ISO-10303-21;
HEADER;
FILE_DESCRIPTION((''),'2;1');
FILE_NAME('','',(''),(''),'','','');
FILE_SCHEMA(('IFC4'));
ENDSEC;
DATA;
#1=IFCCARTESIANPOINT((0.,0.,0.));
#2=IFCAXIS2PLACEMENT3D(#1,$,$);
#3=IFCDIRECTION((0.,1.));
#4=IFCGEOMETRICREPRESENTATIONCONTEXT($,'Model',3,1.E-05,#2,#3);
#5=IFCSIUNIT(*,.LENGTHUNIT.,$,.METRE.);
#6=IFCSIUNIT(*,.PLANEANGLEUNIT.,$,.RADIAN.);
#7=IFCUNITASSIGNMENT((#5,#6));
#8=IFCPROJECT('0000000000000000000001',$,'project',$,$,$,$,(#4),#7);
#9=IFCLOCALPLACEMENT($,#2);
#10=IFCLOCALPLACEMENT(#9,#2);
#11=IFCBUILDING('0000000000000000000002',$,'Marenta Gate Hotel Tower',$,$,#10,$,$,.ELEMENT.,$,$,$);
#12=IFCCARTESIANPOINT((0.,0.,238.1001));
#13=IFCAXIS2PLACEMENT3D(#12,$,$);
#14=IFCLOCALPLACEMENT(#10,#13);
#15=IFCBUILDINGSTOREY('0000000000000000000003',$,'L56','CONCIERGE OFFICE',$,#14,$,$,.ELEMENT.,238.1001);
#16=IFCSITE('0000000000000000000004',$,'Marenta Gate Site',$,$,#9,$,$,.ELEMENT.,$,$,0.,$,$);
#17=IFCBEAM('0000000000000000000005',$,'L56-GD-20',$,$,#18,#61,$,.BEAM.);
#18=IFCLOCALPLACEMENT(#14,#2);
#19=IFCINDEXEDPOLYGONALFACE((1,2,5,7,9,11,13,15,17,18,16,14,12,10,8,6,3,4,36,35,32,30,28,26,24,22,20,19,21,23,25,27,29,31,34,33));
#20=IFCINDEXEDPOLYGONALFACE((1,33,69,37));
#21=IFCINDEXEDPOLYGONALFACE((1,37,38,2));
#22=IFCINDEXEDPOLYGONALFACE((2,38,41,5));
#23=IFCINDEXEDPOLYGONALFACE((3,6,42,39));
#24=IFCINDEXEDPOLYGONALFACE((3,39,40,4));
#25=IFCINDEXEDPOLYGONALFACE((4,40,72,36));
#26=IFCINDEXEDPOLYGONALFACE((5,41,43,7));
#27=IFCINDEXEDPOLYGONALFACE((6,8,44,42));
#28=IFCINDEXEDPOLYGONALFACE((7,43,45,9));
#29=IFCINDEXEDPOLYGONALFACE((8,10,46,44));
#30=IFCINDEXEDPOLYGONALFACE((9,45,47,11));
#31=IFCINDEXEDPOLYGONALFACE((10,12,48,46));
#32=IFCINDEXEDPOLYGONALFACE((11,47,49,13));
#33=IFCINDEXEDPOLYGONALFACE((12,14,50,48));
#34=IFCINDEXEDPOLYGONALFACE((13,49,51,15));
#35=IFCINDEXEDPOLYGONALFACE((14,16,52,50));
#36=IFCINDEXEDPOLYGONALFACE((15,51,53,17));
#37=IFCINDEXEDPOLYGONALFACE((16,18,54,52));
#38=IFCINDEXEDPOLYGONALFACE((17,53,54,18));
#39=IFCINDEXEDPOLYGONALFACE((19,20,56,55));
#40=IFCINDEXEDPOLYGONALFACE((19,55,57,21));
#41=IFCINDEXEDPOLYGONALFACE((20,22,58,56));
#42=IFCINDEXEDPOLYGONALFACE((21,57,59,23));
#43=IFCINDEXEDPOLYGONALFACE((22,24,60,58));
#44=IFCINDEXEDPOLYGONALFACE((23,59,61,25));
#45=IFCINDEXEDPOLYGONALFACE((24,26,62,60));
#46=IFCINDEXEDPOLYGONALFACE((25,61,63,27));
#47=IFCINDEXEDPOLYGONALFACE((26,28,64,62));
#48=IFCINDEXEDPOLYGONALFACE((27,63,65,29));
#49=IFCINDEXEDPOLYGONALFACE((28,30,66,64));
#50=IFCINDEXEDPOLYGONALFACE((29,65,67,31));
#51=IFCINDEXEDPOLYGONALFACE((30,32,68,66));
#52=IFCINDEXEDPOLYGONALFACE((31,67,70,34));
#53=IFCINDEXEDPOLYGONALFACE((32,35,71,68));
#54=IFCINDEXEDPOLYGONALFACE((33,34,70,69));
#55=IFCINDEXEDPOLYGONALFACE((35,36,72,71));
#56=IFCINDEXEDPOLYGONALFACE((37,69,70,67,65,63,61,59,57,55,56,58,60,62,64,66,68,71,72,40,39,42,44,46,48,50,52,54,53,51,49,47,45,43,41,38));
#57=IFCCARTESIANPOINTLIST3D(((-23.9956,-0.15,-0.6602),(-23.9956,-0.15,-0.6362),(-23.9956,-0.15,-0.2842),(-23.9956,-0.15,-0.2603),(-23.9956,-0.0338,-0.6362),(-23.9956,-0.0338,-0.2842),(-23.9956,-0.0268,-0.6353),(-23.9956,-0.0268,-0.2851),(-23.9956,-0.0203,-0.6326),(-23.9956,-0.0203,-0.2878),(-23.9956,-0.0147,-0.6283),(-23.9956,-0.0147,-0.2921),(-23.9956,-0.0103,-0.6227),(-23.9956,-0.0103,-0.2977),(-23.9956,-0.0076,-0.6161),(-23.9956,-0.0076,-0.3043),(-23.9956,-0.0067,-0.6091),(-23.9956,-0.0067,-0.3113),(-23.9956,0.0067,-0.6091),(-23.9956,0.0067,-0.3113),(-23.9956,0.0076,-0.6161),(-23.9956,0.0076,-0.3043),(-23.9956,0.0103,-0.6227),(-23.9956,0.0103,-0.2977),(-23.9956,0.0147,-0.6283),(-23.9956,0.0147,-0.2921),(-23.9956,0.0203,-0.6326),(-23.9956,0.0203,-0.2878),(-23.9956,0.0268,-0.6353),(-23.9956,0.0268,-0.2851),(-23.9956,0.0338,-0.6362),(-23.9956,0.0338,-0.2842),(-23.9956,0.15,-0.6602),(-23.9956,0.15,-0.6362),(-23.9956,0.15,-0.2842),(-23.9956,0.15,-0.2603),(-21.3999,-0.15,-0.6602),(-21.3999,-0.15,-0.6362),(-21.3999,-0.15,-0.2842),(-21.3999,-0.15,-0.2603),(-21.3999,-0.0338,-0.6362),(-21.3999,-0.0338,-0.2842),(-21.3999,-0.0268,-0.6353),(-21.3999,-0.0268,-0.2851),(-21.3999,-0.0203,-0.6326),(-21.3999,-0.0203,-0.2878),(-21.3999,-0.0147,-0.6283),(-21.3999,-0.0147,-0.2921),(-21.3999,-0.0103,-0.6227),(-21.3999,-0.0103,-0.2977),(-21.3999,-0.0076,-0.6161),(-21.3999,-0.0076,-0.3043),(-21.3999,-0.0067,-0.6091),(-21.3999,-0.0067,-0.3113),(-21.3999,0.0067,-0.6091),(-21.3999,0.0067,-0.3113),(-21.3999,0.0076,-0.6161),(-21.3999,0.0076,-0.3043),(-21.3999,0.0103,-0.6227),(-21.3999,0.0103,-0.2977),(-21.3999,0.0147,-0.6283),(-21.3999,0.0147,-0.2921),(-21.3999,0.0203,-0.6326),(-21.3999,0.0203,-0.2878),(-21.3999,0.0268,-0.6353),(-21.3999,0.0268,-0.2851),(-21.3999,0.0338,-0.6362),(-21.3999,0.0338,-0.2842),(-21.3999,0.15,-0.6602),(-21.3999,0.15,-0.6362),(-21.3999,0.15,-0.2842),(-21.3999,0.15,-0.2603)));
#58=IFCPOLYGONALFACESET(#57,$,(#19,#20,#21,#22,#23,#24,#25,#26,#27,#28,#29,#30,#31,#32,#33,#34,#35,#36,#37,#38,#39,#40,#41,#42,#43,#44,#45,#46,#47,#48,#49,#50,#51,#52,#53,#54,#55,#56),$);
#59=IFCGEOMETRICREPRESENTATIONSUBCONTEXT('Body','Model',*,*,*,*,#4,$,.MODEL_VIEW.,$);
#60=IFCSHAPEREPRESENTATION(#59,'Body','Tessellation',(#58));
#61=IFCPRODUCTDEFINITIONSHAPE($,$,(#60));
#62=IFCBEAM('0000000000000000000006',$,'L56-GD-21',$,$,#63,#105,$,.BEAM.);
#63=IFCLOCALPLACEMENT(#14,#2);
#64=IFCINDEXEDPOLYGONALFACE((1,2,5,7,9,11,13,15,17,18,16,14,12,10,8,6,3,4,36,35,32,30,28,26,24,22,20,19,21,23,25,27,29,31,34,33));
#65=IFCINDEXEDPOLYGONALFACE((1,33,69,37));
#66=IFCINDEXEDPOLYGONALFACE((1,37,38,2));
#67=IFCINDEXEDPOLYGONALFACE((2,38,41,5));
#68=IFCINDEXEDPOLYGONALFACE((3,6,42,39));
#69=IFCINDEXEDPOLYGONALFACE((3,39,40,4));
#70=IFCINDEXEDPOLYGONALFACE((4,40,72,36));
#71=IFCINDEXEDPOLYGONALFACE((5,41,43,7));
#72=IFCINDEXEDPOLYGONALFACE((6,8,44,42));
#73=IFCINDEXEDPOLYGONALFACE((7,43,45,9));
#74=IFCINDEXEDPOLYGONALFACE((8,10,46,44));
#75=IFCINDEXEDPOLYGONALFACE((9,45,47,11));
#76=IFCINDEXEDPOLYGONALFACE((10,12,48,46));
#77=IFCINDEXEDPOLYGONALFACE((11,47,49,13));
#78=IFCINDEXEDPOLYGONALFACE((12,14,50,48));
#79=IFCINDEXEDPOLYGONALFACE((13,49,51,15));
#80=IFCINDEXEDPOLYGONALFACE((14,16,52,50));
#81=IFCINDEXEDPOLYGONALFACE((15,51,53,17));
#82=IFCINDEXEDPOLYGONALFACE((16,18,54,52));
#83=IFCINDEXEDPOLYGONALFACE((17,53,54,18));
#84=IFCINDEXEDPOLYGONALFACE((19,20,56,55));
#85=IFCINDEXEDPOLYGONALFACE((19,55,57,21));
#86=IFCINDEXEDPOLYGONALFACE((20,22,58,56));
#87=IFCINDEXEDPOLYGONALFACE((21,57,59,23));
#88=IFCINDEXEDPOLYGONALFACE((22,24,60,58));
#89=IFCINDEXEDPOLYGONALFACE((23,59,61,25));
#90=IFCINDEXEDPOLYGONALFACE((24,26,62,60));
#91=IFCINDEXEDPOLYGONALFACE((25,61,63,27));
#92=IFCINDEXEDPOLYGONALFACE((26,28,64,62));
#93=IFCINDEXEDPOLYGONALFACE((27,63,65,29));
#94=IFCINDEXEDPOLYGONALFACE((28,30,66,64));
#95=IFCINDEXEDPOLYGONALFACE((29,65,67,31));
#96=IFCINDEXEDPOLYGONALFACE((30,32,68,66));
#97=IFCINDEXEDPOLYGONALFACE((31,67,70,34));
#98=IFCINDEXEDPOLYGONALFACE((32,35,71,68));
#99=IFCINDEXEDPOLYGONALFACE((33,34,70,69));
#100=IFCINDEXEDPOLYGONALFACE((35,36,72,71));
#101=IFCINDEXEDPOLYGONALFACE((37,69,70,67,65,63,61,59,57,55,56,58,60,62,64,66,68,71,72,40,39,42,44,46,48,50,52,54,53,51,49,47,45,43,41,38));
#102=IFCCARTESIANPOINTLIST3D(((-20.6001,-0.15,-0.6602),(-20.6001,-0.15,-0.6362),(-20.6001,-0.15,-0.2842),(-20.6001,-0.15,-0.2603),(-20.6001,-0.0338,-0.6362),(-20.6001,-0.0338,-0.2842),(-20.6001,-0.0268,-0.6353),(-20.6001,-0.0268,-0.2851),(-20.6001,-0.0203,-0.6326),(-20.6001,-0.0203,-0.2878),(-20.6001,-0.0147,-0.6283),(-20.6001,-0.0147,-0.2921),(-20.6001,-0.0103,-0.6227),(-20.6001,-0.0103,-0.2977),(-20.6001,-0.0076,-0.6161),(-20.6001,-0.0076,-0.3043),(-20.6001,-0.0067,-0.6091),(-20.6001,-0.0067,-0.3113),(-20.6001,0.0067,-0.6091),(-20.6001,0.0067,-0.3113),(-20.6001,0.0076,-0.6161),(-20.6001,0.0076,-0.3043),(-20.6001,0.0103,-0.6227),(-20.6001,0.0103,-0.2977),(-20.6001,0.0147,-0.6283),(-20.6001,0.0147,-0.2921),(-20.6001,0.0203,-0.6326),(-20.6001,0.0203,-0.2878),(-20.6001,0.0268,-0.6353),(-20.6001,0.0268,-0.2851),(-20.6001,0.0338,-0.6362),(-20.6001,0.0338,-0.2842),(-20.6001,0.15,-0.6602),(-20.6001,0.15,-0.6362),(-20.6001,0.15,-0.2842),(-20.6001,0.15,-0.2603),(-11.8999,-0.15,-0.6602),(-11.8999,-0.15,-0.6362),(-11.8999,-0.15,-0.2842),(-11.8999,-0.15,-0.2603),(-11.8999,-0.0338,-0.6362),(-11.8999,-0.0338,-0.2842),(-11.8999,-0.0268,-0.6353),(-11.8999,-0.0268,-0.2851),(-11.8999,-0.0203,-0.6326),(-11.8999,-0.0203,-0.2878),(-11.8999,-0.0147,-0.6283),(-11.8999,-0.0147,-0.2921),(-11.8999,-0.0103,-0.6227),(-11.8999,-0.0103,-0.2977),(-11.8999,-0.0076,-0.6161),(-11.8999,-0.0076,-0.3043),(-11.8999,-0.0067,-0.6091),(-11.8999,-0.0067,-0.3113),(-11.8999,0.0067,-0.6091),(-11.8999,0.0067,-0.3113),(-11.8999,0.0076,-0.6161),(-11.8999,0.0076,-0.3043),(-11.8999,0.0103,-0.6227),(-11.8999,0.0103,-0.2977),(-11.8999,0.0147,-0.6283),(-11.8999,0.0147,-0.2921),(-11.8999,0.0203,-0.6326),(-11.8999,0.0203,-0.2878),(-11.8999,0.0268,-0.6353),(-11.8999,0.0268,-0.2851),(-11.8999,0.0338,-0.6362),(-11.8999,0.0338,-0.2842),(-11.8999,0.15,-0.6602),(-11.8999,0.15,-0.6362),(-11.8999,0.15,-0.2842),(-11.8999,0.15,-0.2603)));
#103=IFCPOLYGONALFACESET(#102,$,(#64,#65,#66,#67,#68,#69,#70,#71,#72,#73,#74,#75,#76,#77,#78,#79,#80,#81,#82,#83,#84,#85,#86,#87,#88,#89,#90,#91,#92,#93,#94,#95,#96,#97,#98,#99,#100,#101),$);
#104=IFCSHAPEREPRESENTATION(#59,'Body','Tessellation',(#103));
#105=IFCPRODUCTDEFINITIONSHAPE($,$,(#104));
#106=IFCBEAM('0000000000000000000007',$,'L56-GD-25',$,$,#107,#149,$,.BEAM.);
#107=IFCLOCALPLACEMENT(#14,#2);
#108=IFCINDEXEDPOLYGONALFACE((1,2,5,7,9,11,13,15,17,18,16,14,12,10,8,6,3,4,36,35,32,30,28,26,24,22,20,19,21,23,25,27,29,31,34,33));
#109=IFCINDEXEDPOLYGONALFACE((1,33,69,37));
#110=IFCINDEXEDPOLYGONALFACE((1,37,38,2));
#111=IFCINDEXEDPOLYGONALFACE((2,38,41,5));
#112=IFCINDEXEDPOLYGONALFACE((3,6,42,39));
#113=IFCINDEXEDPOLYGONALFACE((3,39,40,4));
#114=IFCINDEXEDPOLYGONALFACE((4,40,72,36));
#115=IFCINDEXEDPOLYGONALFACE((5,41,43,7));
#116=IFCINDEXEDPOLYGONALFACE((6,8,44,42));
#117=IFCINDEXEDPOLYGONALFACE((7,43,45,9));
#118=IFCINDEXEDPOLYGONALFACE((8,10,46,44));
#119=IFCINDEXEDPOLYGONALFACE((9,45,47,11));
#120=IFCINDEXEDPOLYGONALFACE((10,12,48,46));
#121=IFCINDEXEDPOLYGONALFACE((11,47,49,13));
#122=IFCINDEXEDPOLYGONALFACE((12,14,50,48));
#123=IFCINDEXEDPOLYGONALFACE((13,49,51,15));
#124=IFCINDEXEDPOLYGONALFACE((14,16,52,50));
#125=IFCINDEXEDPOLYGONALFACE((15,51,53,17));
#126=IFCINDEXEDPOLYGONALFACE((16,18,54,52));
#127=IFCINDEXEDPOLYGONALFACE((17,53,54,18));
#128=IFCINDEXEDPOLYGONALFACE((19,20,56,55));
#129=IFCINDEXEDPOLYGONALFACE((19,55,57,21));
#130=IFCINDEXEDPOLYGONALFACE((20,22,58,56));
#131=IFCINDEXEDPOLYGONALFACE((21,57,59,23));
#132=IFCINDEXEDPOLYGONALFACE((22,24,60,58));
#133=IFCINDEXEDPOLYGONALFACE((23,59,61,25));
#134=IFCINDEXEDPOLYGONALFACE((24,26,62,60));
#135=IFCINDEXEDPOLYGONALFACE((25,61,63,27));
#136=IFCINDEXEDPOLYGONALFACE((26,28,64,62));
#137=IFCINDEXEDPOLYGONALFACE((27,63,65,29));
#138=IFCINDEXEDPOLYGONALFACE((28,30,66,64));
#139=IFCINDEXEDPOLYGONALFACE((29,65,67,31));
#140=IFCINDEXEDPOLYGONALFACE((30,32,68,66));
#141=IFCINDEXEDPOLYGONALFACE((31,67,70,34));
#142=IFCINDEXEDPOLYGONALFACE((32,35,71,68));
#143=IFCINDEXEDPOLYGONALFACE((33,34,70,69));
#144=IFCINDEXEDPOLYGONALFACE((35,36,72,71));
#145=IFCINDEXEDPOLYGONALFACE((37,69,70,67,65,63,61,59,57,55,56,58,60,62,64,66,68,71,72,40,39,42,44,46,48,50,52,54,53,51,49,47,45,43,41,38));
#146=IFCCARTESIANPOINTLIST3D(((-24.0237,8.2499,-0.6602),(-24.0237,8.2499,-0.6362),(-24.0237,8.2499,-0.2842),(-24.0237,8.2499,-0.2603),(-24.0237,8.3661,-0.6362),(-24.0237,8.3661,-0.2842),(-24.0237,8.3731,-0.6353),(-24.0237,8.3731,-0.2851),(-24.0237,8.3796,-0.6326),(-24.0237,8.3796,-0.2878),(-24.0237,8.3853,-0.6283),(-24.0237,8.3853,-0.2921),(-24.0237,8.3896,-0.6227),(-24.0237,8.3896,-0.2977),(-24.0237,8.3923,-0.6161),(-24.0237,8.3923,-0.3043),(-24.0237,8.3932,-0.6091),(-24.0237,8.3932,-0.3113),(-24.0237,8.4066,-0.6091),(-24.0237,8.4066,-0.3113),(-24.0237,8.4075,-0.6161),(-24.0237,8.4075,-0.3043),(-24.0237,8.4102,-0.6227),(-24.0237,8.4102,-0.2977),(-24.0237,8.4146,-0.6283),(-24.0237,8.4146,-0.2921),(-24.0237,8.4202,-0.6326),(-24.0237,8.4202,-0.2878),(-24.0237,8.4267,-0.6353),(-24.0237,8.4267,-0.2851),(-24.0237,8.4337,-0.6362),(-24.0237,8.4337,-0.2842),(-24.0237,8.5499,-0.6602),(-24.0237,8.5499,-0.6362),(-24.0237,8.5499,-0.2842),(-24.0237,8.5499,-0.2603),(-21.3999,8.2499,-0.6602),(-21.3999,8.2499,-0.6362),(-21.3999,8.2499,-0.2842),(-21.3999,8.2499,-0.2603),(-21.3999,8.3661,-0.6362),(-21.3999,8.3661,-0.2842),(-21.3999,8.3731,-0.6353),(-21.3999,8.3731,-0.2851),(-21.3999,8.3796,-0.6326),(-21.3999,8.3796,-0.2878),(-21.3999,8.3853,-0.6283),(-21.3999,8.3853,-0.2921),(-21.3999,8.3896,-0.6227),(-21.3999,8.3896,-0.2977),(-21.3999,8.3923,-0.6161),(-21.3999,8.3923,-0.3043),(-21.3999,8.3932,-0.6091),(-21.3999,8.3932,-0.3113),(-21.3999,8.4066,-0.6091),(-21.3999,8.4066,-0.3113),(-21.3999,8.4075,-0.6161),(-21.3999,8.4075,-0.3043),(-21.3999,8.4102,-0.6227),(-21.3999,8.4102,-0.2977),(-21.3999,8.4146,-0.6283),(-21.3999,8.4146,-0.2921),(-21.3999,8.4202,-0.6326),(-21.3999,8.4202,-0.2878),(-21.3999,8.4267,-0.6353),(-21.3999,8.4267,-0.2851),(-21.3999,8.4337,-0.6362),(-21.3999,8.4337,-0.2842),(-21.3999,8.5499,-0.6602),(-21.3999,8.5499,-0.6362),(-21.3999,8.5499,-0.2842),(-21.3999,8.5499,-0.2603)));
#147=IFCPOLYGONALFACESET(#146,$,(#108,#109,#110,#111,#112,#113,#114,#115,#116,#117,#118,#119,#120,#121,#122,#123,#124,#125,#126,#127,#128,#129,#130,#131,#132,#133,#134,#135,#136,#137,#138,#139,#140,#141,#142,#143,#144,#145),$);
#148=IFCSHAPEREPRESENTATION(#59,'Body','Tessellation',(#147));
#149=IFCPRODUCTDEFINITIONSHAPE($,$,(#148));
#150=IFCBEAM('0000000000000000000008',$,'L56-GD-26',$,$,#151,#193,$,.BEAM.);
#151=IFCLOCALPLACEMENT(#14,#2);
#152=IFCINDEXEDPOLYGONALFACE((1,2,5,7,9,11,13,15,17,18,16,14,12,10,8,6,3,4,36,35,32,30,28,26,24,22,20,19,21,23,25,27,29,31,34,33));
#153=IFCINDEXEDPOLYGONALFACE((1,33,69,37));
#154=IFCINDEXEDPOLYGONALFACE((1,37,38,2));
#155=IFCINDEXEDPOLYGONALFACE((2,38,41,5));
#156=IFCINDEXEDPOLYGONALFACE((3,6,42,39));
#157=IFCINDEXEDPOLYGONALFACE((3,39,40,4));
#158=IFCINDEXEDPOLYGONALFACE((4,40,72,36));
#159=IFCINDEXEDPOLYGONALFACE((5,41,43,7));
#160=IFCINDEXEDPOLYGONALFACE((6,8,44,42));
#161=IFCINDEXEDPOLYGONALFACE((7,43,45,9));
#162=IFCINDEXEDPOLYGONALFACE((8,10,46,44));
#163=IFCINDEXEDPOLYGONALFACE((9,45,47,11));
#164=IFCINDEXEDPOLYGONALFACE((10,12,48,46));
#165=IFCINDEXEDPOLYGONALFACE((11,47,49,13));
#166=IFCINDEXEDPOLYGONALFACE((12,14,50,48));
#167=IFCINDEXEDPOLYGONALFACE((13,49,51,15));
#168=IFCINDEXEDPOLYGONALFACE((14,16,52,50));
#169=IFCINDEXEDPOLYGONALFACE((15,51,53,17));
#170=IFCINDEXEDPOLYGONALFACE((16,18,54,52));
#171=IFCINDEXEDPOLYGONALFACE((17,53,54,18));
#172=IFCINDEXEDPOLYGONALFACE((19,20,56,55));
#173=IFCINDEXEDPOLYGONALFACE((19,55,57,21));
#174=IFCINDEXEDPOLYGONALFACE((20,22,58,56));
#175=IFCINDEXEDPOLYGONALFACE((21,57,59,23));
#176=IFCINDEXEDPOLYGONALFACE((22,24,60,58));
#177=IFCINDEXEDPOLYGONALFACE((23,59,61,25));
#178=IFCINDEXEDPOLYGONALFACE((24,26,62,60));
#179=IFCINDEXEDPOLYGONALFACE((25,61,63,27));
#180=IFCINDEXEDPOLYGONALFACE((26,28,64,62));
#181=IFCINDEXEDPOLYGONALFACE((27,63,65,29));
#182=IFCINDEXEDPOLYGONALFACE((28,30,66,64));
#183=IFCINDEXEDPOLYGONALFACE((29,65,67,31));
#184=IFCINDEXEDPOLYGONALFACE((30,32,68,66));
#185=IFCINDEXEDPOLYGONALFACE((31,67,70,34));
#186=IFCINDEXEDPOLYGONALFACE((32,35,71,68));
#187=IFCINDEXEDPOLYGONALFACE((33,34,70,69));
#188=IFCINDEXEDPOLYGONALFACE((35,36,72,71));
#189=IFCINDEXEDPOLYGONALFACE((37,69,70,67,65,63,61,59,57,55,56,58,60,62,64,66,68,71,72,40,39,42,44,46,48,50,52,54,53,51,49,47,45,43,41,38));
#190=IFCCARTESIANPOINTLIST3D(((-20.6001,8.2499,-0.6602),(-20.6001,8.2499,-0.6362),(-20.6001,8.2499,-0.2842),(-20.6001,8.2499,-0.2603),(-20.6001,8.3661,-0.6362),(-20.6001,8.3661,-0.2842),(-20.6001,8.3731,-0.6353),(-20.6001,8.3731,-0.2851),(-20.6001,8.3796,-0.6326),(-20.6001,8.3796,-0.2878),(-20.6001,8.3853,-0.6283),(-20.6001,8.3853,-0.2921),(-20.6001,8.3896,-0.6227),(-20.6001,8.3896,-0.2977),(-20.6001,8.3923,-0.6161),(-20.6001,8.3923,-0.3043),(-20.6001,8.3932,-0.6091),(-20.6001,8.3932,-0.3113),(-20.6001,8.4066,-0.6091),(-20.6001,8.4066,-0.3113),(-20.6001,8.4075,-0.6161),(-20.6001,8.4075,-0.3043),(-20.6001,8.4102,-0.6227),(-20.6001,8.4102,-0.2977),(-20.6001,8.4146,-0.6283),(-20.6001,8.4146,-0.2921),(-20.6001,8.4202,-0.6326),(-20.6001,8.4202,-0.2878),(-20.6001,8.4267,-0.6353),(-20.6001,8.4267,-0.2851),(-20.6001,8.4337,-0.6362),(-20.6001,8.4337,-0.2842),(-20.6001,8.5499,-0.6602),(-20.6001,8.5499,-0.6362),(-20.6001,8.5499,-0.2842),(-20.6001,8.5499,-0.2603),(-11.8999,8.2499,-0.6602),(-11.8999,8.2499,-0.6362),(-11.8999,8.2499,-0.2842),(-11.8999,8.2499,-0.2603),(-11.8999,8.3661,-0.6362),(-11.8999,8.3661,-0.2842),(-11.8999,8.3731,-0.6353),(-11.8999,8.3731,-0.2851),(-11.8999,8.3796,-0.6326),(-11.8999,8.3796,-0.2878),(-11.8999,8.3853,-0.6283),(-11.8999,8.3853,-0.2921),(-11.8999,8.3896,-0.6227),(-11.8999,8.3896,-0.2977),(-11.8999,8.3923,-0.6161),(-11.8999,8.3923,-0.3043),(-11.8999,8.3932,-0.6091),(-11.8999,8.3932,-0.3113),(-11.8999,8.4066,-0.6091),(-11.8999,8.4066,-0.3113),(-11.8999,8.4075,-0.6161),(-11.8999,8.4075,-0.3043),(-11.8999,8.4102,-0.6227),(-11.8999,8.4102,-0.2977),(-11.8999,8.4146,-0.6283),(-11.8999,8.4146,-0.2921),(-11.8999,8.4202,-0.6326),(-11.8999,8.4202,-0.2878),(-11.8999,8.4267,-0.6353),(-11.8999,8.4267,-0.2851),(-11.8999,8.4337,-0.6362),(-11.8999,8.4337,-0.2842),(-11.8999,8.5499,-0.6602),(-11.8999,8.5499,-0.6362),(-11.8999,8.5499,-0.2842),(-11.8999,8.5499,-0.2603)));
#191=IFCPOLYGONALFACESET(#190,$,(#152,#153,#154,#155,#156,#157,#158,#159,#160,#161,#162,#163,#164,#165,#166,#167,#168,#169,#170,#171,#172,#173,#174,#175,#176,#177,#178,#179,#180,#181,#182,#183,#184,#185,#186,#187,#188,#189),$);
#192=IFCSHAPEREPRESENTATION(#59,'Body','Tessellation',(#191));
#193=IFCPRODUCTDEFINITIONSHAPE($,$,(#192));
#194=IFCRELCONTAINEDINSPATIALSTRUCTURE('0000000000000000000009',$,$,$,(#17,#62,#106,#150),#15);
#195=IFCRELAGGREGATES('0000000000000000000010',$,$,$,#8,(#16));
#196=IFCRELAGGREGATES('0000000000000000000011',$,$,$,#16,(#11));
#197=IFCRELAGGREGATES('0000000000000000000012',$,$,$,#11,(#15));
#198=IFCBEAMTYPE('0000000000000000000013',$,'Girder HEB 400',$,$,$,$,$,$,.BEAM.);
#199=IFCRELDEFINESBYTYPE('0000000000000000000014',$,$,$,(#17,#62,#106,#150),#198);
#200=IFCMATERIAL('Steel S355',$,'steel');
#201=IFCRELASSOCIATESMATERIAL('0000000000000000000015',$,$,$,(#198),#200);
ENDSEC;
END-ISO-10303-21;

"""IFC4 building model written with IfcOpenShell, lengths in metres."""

from ifc_helpers import new_model, si_unit, direction, frame, origin, origin_2d, place, context, subcontext, project, spatial, i_section, extrude, material, material_profile, profile_set, type_object, element, save


model = new_model("IFC4")

# Units and contexts
model_context = context("Model", 3, precision=1e-05, world=origin(), true_north=direction((0.0, 1.0)))
body_context = subcontext(model_context, "Body", "Model", "MODEL_VIEW")
ifc_project = project(units=[si_unit("LENGTHUNIT", "METRE"), si_unit("PLANEANGLEUNIT", "RADIAN")], contexts=[model_context])

# Site, building, storey
site_placement = place(None, origin())
site = spatial("IfcSite", under=ifc_project, at=site_placement, Name="Marenta Gate Site", CompositionType="ELEMENT", RefElevation=0.0)
building_placement = place(site_placement, origin())
building = spatial("IfcBuilding", under=site, at=building_placement, Name="Marenta Gate Hotel Tower", CompositionType="ELEMENT")
storey_placement = place(building_placement, frame((0.0, 0.0, 238.1001)))
storey = spatial("IfcBuildingStorey", under=building, at=storey_placement, Name="L56", Description="CONCIERGE OFFICE", CompositionType="ELEMENT", Elevation=238.1001)

# Beams
ifc_material_1 = material(Name="Steel S355", Category="steel")
ifc_material_profile_1 = material_profile(ifc_material_1, i_section(OverallWidth=0.3, OverallDepth=0.3999, WebThickness=0.0134, FlangeThickness=0.0239, FilletRadius=0.0271, at=origin_2d()), Name="HEB 400")
ifc_profile_set_1 = profile_set([ifc_material_profile_1], Name="Steel S355")
beam_type_1 = type_object("IfcBeamType", Name="Girder HEB 400", PredefinedType="BEAM", material=ifc_profile_set_1)
beam_1_placement = place(storey_placement, frame((-23.9956, 0.0, -0.4602), z_axis=(1.0, 0.0, 0.0), x_axis=(0.0, 1.0, 0.0)))
element("IfcBeam", 1, at=beam_1_placement, inside=storey, type_object=beam_type_1, Name="L56-GD-20", PredefinedType="BEAM", context=body_context, shape_type="SweptSolid", body=[
    extrude(i_section(OverallWidth=0.3, OverallDepth=0.3999, WebThickness=0.0134, FlangeThickness=0.0239, FilletRadius=0.0271, at=origin_2d()), origin(), (0.0, 0.0, 1.0), 2.5957),
])
beam_2_placement = place(storey_placement, frame((-20.6001, 0.0, -0.4602), z_axis=(1.0, 0.0, 0.0), x_axis=(0.0, 1.0, 0.0)))
element("IfcBeam", 2, at=beam_2_placement, inside=storey, type_object=beam_type_1, Name="L56-GD-21", PredefinedType="BEAM", context=body_context, shape_type="SweptSolid", body=[
    extrude(i_section(OverallWidth=0.3, OverallDepth=0.3999, WebThickness=0.0134, FlangeThickness=0.0239, FilletRadius=0.0271, at=origin_2d()), origin(), (0.0, 0.0, 1.0), 8.7002),
])
beam_3_placement = place(storey_placement, frame((-24.0237, 8.3999, -0.4602), z_axis=(1.0, 0.0, 0.0), x_axis=(0.0, 1.0, 0.0)))
element("IfcBeam", 3, at=beam_3_placement, inside=storey, type_object=beam_type_1, Name="L56-GD-25", PredefinedType="BEAM", context=body_context, shape_type="SweptSolid", body=[
    extrude(i_section(OverallWidth=0.3, OverallDepth=0.3999, WebThickness=0.0134, FlangeThickness=0.0239, FilletRadius=0.0271, at=origin_2d()), origin(), (0.0, 0.0, 1.0), 2.6238),
])
beam_4_placement = place(storey_placement, frame((-20.6001, 8.3999, -0.4602), z_axis=(1.0, 0.0, 0.0), x_axis=(0.0, 1.0, 0.0)))
element("IfcBeam", 4, at=beam_4_placement, inside=storey, type_object=beam_type_1, Name="L56-GD-26", PredefinedType="BEAM", context=body_context, shape_type="SweptSolid", body=[
    extrude(i_section(OverallWidth=0.3, OverallDepth=0.3999, WebThickness=0.0134, FlangeThickness=0.0239, FilletRadius=0.0271, at=origin_2d()), origin(), (0.0, 0.0, 1.0), 8.7002),
])

save(model, "model.ifc")
